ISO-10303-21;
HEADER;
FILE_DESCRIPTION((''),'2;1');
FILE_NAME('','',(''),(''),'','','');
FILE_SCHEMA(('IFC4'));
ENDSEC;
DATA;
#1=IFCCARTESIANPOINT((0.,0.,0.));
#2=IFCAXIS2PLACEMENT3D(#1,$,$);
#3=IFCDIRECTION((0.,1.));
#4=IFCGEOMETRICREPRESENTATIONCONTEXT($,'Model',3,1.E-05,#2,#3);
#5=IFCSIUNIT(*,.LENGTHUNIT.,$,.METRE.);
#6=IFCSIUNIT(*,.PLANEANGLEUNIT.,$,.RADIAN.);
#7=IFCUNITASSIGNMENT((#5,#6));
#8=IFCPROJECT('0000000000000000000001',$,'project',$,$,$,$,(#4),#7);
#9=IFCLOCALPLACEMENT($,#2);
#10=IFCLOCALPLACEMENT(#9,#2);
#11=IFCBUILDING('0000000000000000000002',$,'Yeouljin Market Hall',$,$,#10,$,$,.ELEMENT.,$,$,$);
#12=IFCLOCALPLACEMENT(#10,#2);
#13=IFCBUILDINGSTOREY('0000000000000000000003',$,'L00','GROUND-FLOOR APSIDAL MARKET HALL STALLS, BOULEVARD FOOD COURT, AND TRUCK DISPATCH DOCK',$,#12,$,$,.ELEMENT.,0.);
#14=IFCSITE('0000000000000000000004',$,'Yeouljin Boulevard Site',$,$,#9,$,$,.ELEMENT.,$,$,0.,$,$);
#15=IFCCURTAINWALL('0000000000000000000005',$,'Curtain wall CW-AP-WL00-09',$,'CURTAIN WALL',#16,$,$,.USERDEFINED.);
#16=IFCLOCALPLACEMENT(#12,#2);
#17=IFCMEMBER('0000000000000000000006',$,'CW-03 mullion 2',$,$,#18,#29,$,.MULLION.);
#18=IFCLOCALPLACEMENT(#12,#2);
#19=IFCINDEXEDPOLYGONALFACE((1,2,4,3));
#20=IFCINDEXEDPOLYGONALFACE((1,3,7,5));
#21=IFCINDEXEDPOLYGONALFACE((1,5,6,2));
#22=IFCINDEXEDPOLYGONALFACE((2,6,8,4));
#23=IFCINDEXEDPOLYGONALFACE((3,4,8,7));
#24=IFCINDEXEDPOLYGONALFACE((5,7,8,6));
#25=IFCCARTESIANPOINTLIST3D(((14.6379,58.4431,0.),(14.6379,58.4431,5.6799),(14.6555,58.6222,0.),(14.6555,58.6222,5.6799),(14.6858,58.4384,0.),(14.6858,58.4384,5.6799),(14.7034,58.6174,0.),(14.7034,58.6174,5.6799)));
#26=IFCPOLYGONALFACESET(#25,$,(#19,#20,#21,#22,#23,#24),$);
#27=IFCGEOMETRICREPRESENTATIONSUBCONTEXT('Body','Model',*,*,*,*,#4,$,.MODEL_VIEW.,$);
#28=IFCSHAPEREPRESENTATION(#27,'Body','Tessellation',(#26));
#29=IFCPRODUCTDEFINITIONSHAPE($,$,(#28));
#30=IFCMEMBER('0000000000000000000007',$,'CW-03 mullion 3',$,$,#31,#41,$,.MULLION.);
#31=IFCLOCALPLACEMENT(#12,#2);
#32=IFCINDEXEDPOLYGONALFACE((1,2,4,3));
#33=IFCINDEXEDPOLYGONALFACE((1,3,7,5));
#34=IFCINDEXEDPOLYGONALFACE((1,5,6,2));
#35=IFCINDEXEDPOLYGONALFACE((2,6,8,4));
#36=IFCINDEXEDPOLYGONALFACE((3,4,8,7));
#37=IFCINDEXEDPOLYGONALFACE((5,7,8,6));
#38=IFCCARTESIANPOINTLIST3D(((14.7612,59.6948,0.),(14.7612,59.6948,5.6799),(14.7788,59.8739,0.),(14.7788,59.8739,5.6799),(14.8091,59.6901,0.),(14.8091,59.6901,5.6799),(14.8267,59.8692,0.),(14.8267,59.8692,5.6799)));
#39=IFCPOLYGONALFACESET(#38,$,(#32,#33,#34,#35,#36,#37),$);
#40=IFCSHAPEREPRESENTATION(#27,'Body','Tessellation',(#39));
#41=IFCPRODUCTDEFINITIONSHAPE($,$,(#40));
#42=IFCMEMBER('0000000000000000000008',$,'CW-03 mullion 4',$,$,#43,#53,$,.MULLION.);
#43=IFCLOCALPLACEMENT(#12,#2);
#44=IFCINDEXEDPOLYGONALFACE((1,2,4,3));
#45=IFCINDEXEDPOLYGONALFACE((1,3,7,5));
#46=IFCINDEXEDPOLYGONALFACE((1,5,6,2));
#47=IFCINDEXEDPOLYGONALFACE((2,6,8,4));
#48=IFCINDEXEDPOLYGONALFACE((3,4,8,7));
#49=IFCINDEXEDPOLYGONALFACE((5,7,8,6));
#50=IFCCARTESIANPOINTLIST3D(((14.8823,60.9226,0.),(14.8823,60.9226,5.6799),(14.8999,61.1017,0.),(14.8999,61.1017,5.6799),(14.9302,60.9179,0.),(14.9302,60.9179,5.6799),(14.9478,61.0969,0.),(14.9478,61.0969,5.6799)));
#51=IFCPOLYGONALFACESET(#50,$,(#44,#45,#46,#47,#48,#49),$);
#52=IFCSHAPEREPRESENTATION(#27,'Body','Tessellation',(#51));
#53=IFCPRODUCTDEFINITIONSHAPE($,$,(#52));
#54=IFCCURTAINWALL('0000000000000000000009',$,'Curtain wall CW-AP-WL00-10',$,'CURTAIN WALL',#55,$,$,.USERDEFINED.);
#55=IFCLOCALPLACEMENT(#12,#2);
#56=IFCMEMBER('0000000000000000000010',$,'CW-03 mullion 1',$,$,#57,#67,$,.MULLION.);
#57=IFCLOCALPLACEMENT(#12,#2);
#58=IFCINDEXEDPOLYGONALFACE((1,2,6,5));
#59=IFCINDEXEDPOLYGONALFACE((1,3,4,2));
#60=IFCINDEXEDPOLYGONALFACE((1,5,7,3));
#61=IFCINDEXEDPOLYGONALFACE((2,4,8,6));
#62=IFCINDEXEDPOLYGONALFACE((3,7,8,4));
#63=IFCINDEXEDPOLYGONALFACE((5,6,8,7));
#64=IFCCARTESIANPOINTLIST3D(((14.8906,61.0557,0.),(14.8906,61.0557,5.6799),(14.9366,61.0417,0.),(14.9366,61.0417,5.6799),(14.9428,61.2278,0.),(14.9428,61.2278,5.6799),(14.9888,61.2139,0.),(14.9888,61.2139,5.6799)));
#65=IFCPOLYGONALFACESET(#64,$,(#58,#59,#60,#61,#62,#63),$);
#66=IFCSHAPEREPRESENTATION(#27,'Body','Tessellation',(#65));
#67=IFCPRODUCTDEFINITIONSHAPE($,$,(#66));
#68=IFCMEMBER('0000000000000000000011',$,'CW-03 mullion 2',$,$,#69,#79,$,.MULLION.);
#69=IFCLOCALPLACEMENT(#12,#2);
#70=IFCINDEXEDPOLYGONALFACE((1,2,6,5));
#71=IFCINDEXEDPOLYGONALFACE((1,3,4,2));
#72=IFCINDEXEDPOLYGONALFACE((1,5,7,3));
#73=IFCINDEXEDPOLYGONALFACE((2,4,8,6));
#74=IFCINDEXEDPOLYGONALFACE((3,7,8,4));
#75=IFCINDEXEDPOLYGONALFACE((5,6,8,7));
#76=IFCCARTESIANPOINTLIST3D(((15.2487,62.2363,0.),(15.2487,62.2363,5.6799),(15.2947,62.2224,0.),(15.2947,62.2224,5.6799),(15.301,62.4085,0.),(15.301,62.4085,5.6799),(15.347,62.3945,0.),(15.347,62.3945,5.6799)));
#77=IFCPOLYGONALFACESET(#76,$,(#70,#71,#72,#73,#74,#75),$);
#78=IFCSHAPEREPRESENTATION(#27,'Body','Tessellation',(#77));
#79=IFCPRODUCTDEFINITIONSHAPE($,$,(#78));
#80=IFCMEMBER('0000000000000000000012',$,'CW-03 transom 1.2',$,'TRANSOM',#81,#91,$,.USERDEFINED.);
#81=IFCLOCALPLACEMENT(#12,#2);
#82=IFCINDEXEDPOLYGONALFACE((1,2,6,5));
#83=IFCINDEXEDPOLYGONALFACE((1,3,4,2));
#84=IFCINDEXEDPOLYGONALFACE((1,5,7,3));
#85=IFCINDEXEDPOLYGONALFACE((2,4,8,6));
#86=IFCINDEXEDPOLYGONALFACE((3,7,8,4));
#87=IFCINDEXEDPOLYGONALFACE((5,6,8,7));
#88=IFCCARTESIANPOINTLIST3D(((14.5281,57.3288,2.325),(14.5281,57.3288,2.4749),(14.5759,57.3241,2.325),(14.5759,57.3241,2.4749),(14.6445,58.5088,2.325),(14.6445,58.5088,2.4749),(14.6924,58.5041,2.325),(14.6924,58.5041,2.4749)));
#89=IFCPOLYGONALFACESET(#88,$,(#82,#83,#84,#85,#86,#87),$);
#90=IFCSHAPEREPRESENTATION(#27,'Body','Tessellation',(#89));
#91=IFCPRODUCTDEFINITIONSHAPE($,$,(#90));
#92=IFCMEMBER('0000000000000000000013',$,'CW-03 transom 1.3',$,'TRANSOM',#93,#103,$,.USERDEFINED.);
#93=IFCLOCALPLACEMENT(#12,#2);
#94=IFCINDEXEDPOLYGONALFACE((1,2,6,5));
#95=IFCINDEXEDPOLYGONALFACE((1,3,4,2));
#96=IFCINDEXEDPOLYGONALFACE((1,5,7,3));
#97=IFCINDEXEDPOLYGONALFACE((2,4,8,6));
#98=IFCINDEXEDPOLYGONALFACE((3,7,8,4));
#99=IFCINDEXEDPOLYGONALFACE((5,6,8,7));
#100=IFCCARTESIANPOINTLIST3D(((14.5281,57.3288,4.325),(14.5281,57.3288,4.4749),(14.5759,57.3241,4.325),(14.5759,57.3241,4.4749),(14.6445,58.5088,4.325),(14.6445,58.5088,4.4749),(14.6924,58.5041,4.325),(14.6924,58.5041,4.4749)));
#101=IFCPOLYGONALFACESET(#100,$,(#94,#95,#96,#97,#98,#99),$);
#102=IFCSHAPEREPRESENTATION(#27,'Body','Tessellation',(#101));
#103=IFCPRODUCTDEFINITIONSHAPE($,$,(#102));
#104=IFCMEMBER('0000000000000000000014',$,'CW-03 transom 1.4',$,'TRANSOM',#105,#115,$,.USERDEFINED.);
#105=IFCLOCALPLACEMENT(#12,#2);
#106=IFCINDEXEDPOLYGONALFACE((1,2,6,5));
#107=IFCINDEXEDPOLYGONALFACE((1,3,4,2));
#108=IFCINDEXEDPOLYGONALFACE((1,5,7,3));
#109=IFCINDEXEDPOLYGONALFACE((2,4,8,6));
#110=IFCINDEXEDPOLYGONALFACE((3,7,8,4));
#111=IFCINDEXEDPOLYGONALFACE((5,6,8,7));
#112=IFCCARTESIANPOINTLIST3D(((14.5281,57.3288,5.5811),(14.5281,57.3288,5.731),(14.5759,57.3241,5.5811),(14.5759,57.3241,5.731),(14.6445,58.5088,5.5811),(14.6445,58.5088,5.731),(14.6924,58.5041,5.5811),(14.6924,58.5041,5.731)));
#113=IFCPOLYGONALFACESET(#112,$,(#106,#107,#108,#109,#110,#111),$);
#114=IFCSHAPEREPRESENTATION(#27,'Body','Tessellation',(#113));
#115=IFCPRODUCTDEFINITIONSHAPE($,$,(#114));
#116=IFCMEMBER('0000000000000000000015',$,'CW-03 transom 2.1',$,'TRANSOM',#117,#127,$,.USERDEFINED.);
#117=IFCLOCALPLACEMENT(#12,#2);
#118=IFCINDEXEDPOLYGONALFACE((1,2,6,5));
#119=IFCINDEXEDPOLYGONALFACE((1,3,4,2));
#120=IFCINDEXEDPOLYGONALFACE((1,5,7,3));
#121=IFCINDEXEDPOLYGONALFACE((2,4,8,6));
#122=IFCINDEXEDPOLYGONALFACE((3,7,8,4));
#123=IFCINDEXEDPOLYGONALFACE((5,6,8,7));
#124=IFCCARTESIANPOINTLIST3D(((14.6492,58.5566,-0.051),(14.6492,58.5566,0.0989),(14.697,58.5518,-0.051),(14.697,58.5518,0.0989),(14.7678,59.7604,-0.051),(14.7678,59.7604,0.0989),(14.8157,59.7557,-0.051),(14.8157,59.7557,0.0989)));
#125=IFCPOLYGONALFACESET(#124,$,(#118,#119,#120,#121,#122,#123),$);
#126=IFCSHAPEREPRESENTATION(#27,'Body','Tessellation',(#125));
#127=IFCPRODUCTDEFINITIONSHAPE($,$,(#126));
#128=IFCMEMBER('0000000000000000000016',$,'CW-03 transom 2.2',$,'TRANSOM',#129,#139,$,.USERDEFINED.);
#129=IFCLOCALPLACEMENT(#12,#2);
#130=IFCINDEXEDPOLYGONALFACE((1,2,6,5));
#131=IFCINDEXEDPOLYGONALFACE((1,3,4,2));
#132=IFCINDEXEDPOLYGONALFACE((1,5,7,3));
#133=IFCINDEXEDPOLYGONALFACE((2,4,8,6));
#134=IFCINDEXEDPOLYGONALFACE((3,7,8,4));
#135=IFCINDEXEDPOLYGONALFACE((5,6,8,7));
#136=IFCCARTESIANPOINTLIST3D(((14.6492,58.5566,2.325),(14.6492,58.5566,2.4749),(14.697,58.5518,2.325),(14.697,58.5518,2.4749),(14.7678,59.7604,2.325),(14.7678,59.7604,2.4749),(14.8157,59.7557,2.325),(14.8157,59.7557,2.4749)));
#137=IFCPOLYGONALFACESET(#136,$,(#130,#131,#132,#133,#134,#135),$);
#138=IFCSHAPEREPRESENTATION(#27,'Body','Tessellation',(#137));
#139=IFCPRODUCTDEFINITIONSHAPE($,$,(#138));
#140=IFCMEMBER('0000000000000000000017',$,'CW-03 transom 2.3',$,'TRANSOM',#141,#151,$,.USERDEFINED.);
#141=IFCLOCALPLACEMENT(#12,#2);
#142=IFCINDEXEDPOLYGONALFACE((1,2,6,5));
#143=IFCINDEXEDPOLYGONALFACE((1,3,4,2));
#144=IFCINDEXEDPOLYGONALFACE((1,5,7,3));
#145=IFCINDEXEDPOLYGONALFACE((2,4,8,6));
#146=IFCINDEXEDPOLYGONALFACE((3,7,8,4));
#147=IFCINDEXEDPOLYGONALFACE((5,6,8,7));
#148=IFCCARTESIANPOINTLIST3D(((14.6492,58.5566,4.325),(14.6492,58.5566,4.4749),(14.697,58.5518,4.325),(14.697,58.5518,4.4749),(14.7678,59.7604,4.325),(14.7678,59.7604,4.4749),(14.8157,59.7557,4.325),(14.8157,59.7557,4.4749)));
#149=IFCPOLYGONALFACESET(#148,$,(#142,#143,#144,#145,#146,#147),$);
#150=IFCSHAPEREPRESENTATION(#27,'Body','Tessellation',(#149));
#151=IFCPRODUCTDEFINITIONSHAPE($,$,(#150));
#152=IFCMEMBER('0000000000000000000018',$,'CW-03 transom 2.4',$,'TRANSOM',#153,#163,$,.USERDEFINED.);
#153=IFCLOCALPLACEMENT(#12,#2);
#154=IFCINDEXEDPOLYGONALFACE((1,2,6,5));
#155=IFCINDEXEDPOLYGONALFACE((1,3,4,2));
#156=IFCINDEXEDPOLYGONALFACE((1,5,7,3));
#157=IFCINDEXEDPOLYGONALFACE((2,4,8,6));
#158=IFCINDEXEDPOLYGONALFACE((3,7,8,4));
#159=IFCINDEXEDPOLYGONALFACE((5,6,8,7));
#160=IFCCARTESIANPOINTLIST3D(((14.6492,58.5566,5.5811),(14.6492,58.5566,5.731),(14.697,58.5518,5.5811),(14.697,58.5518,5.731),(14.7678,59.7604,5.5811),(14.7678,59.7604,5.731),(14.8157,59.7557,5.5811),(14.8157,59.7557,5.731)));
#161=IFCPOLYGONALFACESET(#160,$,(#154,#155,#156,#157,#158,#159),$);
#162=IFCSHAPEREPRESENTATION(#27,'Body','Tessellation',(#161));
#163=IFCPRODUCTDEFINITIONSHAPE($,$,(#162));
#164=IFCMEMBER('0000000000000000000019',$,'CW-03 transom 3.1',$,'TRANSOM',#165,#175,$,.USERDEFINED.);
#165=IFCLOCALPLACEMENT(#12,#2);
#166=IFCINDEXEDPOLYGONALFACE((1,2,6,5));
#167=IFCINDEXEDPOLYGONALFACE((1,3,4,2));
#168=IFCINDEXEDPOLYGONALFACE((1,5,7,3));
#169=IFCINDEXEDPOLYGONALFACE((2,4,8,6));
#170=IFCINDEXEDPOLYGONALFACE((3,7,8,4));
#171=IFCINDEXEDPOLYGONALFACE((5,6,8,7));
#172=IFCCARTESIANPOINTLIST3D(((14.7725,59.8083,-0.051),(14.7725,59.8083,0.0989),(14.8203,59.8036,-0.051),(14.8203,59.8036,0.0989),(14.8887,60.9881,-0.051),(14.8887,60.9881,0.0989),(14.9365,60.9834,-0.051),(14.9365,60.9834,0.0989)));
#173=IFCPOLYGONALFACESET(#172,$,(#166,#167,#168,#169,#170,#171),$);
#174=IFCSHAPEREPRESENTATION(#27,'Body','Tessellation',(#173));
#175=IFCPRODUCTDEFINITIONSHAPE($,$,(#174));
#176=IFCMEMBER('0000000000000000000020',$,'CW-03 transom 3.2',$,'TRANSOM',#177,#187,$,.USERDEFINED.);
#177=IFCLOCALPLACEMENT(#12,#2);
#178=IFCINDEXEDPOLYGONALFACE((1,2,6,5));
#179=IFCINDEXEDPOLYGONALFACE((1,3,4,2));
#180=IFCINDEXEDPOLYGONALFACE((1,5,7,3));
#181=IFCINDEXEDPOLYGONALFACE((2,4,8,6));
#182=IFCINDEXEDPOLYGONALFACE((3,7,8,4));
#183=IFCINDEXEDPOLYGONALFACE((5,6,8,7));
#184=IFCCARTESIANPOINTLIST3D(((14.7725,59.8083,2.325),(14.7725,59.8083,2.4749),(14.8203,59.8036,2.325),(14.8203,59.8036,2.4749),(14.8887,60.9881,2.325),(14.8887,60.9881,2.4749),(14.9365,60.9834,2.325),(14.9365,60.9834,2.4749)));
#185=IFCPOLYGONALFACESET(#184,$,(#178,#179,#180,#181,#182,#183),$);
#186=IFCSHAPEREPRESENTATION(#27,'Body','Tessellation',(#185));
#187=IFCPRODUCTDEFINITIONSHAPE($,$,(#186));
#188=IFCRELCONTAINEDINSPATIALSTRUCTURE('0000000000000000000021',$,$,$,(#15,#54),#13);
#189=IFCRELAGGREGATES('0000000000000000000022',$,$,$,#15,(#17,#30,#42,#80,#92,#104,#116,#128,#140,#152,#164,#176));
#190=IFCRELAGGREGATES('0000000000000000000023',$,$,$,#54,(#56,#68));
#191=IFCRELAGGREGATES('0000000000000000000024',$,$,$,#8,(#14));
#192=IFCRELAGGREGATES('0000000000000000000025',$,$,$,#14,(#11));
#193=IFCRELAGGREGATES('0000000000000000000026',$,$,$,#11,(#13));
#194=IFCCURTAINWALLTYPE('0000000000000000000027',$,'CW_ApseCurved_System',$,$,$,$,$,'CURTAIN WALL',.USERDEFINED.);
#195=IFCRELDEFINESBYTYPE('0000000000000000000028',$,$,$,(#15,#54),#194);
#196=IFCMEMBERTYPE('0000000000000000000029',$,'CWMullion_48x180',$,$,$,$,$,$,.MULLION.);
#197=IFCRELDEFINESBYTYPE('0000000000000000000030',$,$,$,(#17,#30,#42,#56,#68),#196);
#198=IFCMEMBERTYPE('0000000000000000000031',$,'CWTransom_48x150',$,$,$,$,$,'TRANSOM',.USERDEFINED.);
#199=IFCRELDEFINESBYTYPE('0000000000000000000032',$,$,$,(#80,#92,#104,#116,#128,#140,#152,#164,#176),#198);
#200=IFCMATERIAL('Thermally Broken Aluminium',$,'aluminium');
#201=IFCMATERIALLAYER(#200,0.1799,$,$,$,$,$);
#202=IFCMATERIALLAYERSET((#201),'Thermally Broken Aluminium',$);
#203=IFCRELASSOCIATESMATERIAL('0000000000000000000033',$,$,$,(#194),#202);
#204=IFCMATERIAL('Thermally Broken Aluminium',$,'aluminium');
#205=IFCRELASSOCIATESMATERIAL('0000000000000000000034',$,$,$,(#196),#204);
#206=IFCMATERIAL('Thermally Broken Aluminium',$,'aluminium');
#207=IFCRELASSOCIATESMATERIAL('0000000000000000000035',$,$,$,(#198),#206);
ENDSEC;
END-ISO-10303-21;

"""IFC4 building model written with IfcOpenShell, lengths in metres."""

from ifc_helpers import new_model, si_unit, direction, frame, origin, origin_2d, place, context, subcontext, project, spatial, rectangle, extrude, material, layer, layer_set, material_profile, profile_set, type_object, element, aggregate, save


model = new_model("IFC4")

# Units and contexts
model_context = context("Model", 3, precision=1e-05, world=origin(), true_north=direction((0.0, 1.0)))
body_context = subcontext(model_context, "Body", "Model", "MODEL_VIEW")
ifc_project = project(units=[si_unit("LENGTHUNIT", "METRE"), si_unit("PLANEANGLEUNIT", "RADIAN")], contexts=[model_context])

# Site, building, storey
site_placement = place(None, origin())
site = spatial("IfcSite", under=ifc_project, at=site_placement, Name="Yeouljin Boulevard Site", CompositionType="ELEMENT", RefElevation=0.0)
building_placement = place(site_placement, origin())
building = spatial("IfcBuilding", under=site, at=building_placement, Name="Yeouljin Market Hall", CompositionType="ELEMENT")
storey_placement = place(building_placement, origin())
storey = spatial("IfcBuildingStorey", under=building, at=storey_placement, Name="L00", Description="GROUND-FLOOR APSIDAL MARKET HALL STALLS, BOULEVARD FOOD COURT, AND TRUCK DISPATCH DOCK", CompositionType="ELEMENT", Elevation=0.0)

# Curtain walls, members
ifc_material_1 = material(Name="Thermally Broken Aluminium", Category="aluminium")
ifc_layer_1 = layer(ifc_material_1, 0.1799)
ifc_layer_set_1 = layer_set([ifc_layer_1], Name="Thermally Broken Aluminium")
curtain_wall_type = type_object("IfcCurtainWallType", Name="CW_ApseCurved_System", ElementType="CURTAIN WALL", PredefinedType="USERDEFINED", material=ifc_layer_set_1)
curtain_wall_1_placement = place(storey_placement, origin())
curtain_wall_1 = element("IfcCurtainWall", 1, at=curtain_wall_1_placement, inside=storey, type_object=curtain_wall_type, Name="Curtain wall CW-AP-WL00-09", ObjectType="CURTAIN WALL", PredefinedType="USERDEFINED")
ifc_material_2 = material(Name="Thermally Broken Aluminium", Category="aluminium")
ifc_material_profile_1 = material_profile(ifc_material_2, rectangle(XDim=0.0481, YDim=0.1799, at=origin_2d()), Name="CW-MULL-48x180")
ifc_profile_set_1 = profile_set([ifc_material_profile_1], Name="Thermally Broken Aluminium")
member_type_1 = type_object("IfcMemberType", Name="CWMullion_48x180", PredefinedType="MULLION", material=ifc_profile_set_1)
member_1_placement = place(storey_placement, frame((14.6707, 58.5303, 0.0), z_axis=(0.0, 0.0, 1.0), x_axis=(-0.995183, 0.098034, 0.0)))
member_1 = element("IfcMember", 2, at=member_1_placement, type_object=member_type_1, Name="CW-03 mullion 2", PredefinedType="MULLION", context=body_context, shape_type="SweptSolid", body=[
    extrude(rectangle(XDim=0.0481, YDim=0.1799, at=origin_2d()), origin(), (0.0, 0.0, 1.0), 5.6799),
])
member_2_placement = place(storey_placement, frame((14.7939, 59.782, 0.0), z_axis=(0.0, 0.0, 1.0), x_axis=(-0.995183, 0.098034, 0.0)))
member_2 = element("IfcMember", 3, at=member_2_placement, type_object=member_type_1, Name="CW-03 mullion 3", PredefinedType="MULLION", context=body_context, shape_type="SweptSolid", body=[
    extrude(rectangle(XDim=0.0481, YDim=0.1799, at=origin_2d()), origin(), (0.0, 0.0, 1.0), 5.6799),
])
member_3_placement = place(storey_placement, frame((14.915, 61.0098, 0.0), z_axis=(0.0, 0.0, 1.0), x_axis=(-0.995183, 0.098034, 0.0)))
member_3 = element("IfcMember", 4, at=member_3_placement, type_object=member_type_1, Name="CW-03 mullion 4", PredefinedType="MULLION", context=body_context, shape_type="SweptSolid", body=[
    extrude(rectangle(XDim=0.0481, YDim=0.1799, at=origin_2d()), origin(), (0.0, 0.0, 1.0), 5.6799),
])
curtain_wall_2_placement = place(storey_placement, origin())
curtain_wall_2 = element("IfcCurtainWall", 5, at=curtain_wall_2_placement, inside=storey, type_object=curtain_wall_type, Name="Curtain wall CW-AP-WL00-10", ObjectType="CURTAIN WALL", PredefinedType="USERDEFINED")
member_4_placement = place(storey_placement, frame((14.9397, 61.1348, 0.0), z_axis=(0.0, 0.0, 1.0), x_axis=(-0.95694, 0.290286, 0.0)))
member_4 = element("IfcMember", 6, at=member_4_placement, type_object=member_type_1, Name="CW-03 mullion 1", PredefinedType="MULLION", context=body_context, shape_type="SweptSolid", body=[
    extrude(rectangle(XDim=0.0481, YDim=0.1799, at=origin_2d()), origin(), (0.0, 0.0, 1.0), 5.6799),
])
member_5_placement = place(storey_placement, frame((15.2979, 62.3154, 0.0), z_axis=(0.0, 0.0, 1.0), x_axis=(-0.95694, 0.290286, 0.0)))
member_5 = element("IfcMember", 7, at=member_5_placement, type_object=member_type_1, Name="CW-03 mullion 2", PredefinedType="MULLION", context=body_context, shape_type="SweptSolid", body=[
    extrude(rectangle(XDim=0.0481, YDim=0.1799, at=origin_2d()), origin(), (0.0, 0.0, 1.0), 5.6799),
])

# Members
ifc_material_3 = material(Name="Thermally Broken Aluminium", Category="aluminium")
ifc_material_profile_2 = material_profile(ifc_material_3, rectangle(XDim=0.0481, YDim=0.1499, at=origin_2d()), Name="CW-TRAN-48x150")
ifc_profile_set_2 = profile_set([ifc_material_profile_2], Name="Thermally Broken Aluminium")
member_type_2 = type_object("IfcMemberType", Name="CWTransom_48x150", ElementType="TRANSOM", PredefinedType="USERDEFINED", material=ifc_profile_set_2)
member_6_placement = place(storey_placement, frame((14.552, 57.3264, 2.3999), z_axis=(0.098199, 0.995167, 0.0), x_axis=(-0.995167, 0.098199, 0.0)))
member_6 = element("IfcMember", 8, at=member_6_placement, type_object=member_type_2, Name="CW-03 transom 1.2", ObjectType="TRANSOM", PredefinedType="USERDEFINED", context=body_context, shape_type="SweptSolid", body=[
    extrude(rectangle(XDim=0.0481, YDim=0.1499, at=origin_2d()), origin(), (0.0, 0.0, 1.0), 1.1858),
])
member_7_placement = place(storey_placement, frame((14.552, 57.3264, 4.3999), z_axis=(0.098199, 0.995167, 0.0), x_axis=(-0.995167, 0.098199, 0.0)))
member_7 = element("IfcMember", 9, at=member_7_placement, type_object=member_type_2, Name="CW-03 transom 1.3", ObjectType="TRANSOM", PredefinedType="USERDEFINED", context=body_context, shape_type="SweptSolid", body=[
    extrude(rectangle(XDim=0.0481, YDim=0.1499, at=origin_2d()), origin(), (0.0, 0.0, 1.0), 1.1858),
])
member_8_placement = place(storey_placement, frame((14.552, 57.3264, 5.656), z_axis=(0.098199, 0.995167, 0.0), x_axis=(-0.995167, 0.098199, 0.0)))
member_8 = element("IfcMember", 10, at=member_8_placement, type_object=member_type_2, Name="CW-03 transom 1.4", ObjectType="TRANSOM", PredefinedType="USERDEFINED", context=body_context, shape_type="SweptSolid", body=[
    extrude(rectangle(XDim=0.0481, YDim=0.1499, at=origin_2d()), origin(), (0.0, 0.0, 1.0), 1.1858),
])
member_9_placement = place(storey_placement, frame((14.6731, 58.5542, 0.0239), z_axis=(0.098085, 0.995178, 0.0), x_axis=(-0.995178, 0.098085, 0.0)))
member_9 = element("IfcMember", 11, at=member_9_placement, type_object=member_type_2, Name="CW-03 transom 2.1", ObjectType="TRANSOM", PredefinedType="USERDEFINED", context=body_context, shape_type="SweptSolid", body=[
    extrude(rectangle(XDim=0.0481, YDim=0.1499, at=origin_2d()), origin(), (0.0, 0.0, 1.0), 1.2097),
])
member_10_placement = place(storey_placement, frame((14.6731, 58.5542, 2.3999), z_axis=(0.098085, 0.995178, 0.0), x_axis=(-0.995178, 0.098085, 0.0)))
member_10 = element("IfcMember", 12, at=member_10_placement, type_object=member_type_2, Name="CW-03 transom 2.2", ObjectType="TRANSOM", PredefinedType="USERDEFINED", context=body_context, shape_type="SweptSolid", body=[
    extrude(rectangle(XDim=0.0481, YDim=0.1499, at=origin_2d()), origin(), (0.0, 0.0, 1.0), 1.2097),
])
member_11_placement = place(storey_placement, frame((14.6731, 58.5542, 4.3999), z_axis=(0.098085, 0.995178, 0.0), x_axis=(-0.995178, 0.098085, 0.0)))
member_11 = element("IfcMember", 13, at=member_11_placement, type_object=member_type_2, Name="CW-03 transom 2.3", ObjectType="TRANSOM", PredefinedType="USERDEFINED", context=body_context, shape_type="SweptSolid", body=[
    extrude(rectangle(XDim=0.0481, YDim=0.1499, at=origin_2d()), origin(), (0.0, 0.0, 1.0), 1.2097),
])
member_12_placement = place(storey_placement, frame((14.6731, 58.5542, 5.656), z_axis=(0.098085, 0.995178, 0.0), x_axis=(-0.995178, 0.098085, 0.0)))
member_12 = element("IfcMember", 14, at=member_12_placement, type_object=member_type_2, Name="CW-03 transom 2.4", ObjectType="TRANSOM", PredefinedType="USERDEFINED", context=body_context, shape_type="SweptSolid", body=[
    extrude(rectangle(XDim=0.0481, YDim=0.1499, at=origin_2d()), origin(), (0.0, 0.0, 1.0), 1.2097),
])
member_13_placement = place(storey_placement, frame((14.7964, 59.8059, 0.0239), z_axis=(0.098015, 0.995185, 0.0), x_axis=(-0.995185, 0.098015, 0.0)))
member_13 = element("IfcMember", 15, at=member_13_placement, type_object=member_type_2, Name="CW-03 transom 3.1", ObjectType="TRANSOM", PredefinedType="USERDEFINED", context=body_context, shape_type="SweptSolid", body=[
    extrude(rectangle(XDim=0.0481, YDim=0.1499, at=origin_2d()), origin(), (0.0, 0.0, 1.0), 1.1855),
])
member_14_placement = place(storey_placement, frame((14.7964, 59.8059, 2.3999), z_axis=(0.098015, 0.995185, 0.0), x_axis=(-0.995185, 0.098015, 0.0)))
member_14 = element("IfcMember", 16, at=member_14_placement, type_object=member_type_2, Name="CW-03 transom 3.2", ObjectType="TRANSOM", PredefinedType="USERDEFINED", context=body_context, shape_type="SweptSolid", body=[
    extrude(rectangle(XDim=0.0481, YDim=0.1499, at=origin_2d()), origin(), (0.0, 0.0, 1.0), 1.1855),
])

aggregate(curtain_wall_1, [member_1, member_2, member_3, member_6, member_7, member_8, member_9, member_10, member_11, member_12, member_13, member_14])
aggregate(curtain_wall_2, [member_4, member_5])

save(model, "model.ifc")
